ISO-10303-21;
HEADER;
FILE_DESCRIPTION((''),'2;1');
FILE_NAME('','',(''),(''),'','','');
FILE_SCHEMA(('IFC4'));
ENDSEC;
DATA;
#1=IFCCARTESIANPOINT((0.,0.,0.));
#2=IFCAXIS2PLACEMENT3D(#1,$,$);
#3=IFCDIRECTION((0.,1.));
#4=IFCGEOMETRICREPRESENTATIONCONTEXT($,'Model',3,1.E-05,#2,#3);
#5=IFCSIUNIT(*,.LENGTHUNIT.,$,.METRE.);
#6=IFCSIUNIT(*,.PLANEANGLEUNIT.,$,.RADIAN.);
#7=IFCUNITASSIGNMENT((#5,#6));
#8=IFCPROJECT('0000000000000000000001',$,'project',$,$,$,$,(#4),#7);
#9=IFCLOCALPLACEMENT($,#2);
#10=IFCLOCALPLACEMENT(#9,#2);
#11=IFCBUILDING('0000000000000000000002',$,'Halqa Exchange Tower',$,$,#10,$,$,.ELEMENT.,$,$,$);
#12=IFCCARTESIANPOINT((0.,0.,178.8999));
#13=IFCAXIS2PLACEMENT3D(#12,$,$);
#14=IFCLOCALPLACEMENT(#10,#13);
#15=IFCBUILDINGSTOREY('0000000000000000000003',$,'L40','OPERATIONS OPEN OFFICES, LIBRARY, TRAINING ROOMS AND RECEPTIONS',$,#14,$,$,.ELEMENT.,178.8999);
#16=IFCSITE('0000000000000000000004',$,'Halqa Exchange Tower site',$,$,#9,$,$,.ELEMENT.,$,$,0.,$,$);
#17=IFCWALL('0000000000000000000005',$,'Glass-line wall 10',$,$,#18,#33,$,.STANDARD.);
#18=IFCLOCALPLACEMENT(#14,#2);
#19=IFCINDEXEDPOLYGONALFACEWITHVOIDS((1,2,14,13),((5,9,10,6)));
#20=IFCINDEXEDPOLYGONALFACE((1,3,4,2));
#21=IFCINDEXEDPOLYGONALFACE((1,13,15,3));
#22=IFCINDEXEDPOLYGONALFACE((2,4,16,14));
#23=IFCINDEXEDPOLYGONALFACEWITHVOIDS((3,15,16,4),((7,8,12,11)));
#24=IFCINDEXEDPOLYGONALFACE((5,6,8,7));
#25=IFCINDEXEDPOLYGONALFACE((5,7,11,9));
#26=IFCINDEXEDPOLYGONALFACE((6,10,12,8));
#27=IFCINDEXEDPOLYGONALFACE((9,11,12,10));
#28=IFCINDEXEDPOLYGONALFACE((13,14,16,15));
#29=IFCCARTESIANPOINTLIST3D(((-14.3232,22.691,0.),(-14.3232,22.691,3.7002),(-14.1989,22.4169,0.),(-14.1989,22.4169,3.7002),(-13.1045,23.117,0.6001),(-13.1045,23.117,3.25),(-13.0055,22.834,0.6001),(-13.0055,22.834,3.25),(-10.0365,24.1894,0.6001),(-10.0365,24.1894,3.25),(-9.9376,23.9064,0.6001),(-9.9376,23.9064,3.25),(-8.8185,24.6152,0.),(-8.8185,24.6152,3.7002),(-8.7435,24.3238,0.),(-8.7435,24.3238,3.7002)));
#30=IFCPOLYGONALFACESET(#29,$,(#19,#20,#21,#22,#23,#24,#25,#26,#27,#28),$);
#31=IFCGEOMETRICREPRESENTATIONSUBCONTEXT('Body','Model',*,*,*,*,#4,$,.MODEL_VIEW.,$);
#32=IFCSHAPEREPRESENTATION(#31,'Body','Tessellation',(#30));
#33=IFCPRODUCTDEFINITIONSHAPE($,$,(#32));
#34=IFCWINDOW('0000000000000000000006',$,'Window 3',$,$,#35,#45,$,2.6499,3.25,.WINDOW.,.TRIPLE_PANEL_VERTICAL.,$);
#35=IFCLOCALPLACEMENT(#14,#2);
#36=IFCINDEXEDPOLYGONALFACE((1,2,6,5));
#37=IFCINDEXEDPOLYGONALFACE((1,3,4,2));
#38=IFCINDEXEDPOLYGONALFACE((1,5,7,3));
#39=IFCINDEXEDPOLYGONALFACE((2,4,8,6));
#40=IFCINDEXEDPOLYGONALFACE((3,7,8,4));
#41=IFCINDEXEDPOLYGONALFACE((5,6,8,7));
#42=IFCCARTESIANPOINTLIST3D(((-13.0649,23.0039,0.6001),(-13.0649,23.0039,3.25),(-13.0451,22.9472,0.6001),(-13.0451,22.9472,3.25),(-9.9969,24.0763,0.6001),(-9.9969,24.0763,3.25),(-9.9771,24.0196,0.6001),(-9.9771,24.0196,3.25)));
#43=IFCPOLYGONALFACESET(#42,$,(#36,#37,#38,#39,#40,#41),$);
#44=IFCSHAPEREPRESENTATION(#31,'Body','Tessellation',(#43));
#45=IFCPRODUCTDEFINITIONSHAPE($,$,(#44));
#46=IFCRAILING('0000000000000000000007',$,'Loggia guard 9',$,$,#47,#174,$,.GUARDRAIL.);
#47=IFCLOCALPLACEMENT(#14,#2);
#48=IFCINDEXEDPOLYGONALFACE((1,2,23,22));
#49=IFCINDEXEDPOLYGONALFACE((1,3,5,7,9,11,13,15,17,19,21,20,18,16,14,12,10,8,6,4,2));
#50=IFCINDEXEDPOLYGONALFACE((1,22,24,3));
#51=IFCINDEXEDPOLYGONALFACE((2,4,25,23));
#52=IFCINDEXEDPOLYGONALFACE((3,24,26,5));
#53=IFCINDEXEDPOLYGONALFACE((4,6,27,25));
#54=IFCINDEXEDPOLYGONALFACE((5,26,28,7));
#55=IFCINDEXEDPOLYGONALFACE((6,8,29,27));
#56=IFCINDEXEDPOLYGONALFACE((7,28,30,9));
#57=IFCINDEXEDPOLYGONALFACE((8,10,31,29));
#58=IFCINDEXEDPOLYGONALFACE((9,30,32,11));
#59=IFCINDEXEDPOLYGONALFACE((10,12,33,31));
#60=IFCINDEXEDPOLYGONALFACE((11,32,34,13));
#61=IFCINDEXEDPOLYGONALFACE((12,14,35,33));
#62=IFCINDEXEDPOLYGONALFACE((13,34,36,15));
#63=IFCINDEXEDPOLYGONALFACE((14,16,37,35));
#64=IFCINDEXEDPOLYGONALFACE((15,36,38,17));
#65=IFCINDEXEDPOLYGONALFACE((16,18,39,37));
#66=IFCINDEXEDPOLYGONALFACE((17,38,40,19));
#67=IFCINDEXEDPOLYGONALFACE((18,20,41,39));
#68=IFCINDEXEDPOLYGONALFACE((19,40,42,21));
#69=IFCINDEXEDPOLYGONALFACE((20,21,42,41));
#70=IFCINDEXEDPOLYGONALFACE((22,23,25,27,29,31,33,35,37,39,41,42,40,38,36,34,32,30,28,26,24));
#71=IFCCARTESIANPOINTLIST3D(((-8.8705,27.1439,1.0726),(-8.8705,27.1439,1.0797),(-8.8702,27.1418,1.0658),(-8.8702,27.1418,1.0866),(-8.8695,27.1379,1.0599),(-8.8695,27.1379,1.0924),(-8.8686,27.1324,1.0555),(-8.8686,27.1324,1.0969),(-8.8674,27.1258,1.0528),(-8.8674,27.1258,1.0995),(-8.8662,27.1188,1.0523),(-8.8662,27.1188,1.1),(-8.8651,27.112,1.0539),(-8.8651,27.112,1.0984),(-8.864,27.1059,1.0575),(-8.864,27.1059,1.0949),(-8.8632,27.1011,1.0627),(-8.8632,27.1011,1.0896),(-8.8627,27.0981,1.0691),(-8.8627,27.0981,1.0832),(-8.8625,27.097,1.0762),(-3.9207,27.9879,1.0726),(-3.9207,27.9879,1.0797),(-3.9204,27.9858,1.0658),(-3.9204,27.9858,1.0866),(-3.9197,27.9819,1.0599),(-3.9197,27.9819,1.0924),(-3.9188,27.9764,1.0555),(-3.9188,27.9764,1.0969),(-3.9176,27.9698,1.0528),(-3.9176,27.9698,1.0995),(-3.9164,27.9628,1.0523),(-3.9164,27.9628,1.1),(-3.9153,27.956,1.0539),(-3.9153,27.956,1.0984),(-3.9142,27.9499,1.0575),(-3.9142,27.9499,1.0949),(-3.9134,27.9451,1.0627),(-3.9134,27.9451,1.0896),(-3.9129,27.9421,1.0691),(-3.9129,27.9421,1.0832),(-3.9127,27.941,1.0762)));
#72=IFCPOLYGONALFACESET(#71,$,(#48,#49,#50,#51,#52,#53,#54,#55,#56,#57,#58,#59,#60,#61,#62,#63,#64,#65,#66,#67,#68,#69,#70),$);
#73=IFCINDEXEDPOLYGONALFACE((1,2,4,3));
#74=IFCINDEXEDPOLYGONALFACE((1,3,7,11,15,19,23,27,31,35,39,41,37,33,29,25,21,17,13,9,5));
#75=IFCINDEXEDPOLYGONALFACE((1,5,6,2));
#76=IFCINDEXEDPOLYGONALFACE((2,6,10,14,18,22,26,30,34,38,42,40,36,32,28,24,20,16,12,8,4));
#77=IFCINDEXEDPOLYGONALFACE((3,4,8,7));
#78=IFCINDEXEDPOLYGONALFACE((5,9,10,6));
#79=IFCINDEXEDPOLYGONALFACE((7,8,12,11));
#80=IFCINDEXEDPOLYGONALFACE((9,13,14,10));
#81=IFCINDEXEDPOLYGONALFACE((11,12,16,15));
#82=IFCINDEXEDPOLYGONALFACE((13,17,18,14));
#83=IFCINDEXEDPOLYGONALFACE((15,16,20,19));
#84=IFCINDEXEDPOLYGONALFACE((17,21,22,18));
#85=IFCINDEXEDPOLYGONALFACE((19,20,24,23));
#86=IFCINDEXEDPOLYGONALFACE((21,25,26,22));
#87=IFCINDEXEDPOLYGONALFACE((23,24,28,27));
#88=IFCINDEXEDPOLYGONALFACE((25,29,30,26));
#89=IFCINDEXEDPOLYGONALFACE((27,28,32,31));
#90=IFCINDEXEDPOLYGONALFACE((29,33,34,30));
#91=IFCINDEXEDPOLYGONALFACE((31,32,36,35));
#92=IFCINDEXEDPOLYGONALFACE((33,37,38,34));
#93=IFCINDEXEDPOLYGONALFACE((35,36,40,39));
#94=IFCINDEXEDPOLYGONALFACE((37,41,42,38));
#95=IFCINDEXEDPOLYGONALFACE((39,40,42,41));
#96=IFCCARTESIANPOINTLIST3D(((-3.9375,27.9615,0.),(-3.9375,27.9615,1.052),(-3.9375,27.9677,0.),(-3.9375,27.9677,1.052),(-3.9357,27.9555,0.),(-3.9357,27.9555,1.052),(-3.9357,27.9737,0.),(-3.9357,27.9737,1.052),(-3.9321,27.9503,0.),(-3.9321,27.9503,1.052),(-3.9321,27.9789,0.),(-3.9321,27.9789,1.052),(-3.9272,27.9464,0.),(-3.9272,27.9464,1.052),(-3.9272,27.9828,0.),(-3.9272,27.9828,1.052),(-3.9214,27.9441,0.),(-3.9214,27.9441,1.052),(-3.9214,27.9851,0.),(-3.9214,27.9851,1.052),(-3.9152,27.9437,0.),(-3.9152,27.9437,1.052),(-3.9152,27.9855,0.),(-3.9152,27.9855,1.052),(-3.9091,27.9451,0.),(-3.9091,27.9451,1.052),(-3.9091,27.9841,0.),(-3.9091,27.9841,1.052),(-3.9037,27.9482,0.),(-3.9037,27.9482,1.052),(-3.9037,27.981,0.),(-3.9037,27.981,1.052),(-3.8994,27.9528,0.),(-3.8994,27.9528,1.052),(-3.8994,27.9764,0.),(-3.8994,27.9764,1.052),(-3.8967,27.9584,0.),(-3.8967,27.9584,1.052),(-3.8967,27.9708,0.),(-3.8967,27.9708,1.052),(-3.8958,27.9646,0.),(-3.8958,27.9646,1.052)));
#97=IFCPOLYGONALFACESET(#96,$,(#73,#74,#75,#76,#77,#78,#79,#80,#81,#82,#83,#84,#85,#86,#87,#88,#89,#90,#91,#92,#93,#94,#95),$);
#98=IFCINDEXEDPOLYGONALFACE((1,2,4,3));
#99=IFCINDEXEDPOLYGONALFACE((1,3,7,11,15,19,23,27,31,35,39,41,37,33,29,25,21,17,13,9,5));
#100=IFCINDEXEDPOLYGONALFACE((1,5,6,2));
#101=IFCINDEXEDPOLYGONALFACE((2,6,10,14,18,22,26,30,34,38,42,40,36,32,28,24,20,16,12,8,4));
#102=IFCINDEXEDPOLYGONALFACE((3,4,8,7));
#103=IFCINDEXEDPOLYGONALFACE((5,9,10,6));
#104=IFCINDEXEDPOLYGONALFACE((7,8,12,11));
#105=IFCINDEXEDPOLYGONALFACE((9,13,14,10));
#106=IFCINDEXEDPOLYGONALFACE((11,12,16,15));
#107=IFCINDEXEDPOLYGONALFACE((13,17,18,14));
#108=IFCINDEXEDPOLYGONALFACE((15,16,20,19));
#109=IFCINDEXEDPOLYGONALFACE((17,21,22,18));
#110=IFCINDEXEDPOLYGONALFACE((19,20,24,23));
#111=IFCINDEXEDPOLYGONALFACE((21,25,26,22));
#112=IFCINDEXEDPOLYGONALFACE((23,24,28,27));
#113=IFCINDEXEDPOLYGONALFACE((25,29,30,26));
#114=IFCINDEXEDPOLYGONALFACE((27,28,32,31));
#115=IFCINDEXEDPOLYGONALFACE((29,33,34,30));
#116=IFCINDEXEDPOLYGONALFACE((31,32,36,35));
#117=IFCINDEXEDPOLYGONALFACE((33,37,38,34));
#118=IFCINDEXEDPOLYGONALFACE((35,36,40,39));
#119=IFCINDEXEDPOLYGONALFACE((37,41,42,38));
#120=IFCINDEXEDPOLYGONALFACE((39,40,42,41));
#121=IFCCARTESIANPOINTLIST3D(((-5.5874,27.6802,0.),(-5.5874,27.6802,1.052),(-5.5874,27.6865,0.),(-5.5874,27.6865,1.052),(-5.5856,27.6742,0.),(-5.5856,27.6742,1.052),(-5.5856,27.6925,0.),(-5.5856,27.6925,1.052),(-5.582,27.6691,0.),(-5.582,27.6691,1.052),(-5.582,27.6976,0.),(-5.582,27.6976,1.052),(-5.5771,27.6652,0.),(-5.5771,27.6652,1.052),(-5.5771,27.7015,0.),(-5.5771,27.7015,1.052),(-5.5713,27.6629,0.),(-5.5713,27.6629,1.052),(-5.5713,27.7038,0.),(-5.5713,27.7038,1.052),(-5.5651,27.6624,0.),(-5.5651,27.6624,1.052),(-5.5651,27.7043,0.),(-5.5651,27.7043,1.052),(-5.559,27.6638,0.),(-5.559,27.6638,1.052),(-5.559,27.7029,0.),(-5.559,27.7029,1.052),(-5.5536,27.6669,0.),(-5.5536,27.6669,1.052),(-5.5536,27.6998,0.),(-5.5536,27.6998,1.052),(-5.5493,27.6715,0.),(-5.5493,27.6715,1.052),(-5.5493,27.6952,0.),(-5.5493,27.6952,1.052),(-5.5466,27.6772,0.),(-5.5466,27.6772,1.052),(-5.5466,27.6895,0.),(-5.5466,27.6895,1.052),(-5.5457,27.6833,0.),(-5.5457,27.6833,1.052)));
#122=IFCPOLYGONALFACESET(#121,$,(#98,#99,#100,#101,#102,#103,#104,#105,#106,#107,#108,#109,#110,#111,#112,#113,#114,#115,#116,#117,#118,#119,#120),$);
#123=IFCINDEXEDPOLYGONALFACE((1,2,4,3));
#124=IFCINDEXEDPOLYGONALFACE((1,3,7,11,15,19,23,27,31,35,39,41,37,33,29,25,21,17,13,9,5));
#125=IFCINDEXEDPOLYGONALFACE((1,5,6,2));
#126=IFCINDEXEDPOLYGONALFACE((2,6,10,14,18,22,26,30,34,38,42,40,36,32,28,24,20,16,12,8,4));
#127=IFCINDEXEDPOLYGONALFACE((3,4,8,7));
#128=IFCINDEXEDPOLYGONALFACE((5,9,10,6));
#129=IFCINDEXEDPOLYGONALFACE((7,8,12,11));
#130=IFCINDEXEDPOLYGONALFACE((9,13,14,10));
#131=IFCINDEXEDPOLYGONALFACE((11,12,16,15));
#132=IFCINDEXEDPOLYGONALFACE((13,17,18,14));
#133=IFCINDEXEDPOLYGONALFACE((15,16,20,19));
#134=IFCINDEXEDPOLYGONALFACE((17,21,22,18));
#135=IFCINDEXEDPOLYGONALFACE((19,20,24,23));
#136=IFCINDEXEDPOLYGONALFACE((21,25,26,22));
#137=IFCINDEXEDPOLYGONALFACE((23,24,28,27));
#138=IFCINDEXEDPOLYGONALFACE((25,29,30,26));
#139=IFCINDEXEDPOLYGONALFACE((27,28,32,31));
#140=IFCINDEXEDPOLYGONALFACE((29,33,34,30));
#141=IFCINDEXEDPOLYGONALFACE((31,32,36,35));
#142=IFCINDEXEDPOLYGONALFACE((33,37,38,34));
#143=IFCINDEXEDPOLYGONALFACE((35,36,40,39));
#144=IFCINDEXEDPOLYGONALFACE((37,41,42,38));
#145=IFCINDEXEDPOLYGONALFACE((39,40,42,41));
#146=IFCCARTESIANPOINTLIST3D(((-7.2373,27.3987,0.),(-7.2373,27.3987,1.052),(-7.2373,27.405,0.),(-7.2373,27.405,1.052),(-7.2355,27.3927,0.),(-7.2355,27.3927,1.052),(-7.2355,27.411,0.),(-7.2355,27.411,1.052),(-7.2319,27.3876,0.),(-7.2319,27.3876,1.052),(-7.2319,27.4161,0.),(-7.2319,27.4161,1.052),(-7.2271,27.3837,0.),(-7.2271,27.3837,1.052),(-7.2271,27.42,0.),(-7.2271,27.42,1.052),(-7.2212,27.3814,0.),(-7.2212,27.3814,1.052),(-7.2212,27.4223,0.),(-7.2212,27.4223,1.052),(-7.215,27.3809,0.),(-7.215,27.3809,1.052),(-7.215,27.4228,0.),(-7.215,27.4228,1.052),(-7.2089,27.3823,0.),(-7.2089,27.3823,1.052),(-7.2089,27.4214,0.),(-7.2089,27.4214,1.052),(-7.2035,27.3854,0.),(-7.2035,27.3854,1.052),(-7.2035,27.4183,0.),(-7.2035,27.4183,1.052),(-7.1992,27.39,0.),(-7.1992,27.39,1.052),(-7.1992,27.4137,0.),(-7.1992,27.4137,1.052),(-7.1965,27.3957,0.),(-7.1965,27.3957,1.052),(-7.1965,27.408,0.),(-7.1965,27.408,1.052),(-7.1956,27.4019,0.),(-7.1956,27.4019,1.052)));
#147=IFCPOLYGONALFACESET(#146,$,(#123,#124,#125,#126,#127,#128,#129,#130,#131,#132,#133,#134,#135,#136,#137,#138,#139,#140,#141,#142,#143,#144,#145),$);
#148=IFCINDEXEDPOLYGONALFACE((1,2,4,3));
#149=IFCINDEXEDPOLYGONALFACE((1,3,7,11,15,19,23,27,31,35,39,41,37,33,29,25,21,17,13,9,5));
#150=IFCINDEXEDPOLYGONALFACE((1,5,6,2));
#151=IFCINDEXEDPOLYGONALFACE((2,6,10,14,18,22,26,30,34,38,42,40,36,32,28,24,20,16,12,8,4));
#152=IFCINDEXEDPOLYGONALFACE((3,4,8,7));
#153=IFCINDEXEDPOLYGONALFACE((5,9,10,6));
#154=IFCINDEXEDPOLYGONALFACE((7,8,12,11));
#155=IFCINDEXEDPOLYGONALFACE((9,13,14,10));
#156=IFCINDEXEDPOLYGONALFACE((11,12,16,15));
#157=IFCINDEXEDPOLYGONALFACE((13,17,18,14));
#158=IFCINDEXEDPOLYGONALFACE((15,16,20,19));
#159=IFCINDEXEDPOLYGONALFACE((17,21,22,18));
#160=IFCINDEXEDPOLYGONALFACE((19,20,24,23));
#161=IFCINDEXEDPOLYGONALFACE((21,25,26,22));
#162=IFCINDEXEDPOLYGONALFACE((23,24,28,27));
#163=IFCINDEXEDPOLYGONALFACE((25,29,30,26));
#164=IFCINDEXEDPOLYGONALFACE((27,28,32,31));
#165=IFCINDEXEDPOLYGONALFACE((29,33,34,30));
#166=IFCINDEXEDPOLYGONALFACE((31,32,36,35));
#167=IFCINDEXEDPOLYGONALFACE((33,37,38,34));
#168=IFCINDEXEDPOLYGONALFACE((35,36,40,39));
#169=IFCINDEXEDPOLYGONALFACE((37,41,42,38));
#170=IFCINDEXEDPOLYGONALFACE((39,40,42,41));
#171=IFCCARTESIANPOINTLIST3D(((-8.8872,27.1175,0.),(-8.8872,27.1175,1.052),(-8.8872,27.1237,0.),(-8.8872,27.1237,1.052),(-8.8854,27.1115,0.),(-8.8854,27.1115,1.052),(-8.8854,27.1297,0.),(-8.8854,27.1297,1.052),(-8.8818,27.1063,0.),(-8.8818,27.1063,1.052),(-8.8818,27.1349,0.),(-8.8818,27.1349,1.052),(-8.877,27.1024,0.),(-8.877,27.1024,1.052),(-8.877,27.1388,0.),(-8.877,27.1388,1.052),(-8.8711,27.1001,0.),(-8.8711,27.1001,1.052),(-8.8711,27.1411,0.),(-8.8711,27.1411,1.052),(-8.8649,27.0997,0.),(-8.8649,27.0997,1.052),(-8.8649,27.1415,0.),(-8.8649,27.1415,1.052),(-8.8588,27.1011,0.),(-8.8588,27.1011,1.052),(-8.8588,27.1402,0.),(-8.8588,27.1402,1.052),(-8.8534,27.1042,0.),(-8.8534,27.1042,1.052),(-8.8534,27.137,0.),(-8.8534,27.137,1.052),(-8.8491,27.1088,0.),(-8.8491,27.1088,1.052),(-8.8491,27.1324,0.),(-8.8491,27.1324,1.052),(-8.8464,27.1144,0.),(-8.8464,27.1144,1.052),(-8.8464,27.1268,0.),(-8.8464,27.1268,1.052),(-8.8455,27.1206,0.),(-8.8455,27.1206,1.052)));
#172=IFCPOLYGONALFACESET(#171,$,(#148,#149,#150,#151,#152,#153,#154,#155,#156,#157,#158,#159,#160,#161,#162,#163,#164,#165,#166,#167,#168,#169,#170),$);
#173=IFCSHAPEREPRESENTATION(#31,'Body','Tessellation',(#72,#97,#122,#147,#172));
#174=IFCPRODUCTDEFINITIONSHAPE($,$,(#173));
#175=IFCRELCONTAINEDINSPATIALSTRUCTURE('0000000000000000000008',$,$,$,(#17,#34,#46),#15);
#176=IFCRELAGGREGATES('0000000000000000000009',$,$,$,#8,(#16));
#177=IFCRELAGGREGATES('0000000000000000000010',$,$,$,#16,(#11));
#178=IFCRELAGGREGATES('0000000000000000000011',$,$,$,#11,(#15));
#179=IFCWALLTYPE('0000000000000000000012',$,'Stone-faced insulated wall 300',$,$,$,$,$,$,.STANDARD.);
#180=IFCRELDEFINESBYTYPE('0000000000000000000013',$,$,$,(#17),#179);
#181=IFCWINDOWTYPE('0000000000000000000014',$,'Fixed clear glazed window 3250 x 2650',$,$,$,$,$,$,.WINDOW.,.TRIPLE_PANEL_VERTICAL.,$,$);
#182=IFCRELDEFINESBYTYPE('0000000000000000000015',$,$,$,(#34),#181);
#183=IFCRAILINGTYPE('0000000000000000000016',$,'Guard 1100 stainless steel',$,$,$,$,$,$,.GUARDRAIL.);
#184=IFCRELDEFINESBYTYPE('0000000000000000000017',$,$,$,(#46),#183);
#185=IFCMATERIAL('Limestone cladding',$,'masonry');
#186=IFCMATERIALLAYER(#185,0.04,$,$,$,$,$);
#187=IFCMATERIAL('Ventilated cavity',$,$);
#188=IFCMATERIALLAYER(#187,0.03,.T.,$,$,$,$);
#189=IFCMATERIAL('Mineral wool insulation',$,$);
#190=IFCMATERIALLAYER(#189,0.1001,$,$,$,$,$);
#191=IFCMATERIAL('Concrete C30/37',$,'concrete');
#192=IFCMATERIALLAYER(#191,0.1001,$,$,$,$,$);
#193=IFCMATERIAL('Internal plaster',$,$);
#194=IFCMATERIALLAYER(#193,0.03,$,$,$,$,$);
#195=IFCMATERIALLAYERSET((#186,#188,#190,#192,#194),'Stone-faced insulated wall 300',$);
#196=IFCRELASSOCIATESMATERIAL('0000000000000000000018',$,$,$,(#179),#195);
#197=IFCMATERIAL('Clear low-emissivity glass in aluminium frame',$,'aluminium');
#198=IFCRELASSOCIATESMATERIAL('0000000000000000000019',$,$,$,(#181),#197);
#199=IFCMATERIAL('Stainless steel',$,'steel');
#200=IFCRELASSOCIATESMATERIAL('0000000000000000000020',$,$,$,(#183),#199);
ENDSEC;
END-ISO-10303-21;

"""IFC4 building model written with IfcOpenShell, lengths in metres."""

from ifc_helpers import new_model, si_unit, direction, frame, frame_2d, origin, origin_2d, place, context, subcontext, project, spatial, polyline, rectangle, circle, outline, extrude, material, layer, layer_set, type_object, element, fill, save


model = new_model("IFC4")

# Units and contexts
model_context = context("Model", 3, precision=1e-05, world=origin(), true_north=direction((0.0, 1.0)))
body_context = subcontext(model_context, "Body", "Model", "MODEL_VIEW")
ifc_project = project(units=[si_unit("LENGTHUNIT", "METRE"), si_unit("PLANEANGLEUNIT", "RADIAN")], contexts=[model_context])

# Site, building, storey
site_placement = place(None, origin())
site = spatial("IfcSite", under=ifc_project, at=site_placement, Name="Halqa Exchange Tower site", CompositionType="ELEMENT", RefElevation=0.0)
building_placement = place(site_placement, origin())
building = spatial("IfcBuilding", under=site, at=building_placement, Name="Halqa Exchange Tower", CompositionType="ELEMENT")
storey_placement = place(building_placement, frame((0.0, 0.0, 178.8999)))
storey = spatial("IfcBuildingStorey", under=building, at=storey_placement, Name="L40", Description="OPERATIONS OPEN OFFICES, LIBRARY, TRAINING ROOMS AND RECEPTIONS", CompositionType="ELEMENT", Elevation=178.8999)

# Shared definitions
ifc_material_1 = material(Name="Concrete C30/37", Category="concrete")

# Wall, opening, window
ifc_material_2 = material(Name="Limestone cladding", Category="masonry")
ifc_layer_1 = layer(ifc_material_2, 0.04)
ifc_material_3 = material(Name="Ventilated cavity")
ifc_layer_2 = layer(ifc_material_3, 0.03, ventilated=True)
ifc_material_4 = material(Name="Mineral wool insulation")
ifc_layer_3 = layer(ifc_material_4, 0.1001)
ifc_layer_4 = layer(ifc_material_1, 0.1001)
ifc_material_5 = material(Name="Internal plaster")
ifc_layer_5 = layer(ifc_material_5, 0.03)
ifc_layer_set_1 = layer_set([ifc_layer_1, ifc_layer_2, ifc_layer_3, ifc_layer_4, ifc_layer_5], Name="Stone-faced insulated wall 300")
wall_type_1 = type_object("IfcWallType", Name="Stone-faced insulated wall 300", PredefinedType="STANDARD", material=ifc_layer_set_1)
ifc_material_6 = material(Name="Clear low-emissivity glass in aluminium frame", Category="aluminium")
window_type = type_object("IfcWindowType", Name="Fixed clear glazed window 3250 x 2650", PartitioningType="TRIPLE_PANEL_VERTICAL", PredefinedType="WINDOW", material=ifc_material_6)
wall_1_placement = place(storey_placement, frame((-8.781, 24.4695, 0.0), z_axis=(0.0, 0.0, 1.0), x_axis=(-0.943991, -0.329972, 0.0)))
wall_1 = element("IfcWall", 1, at=wall_1_placement, inside=storey, type_object=wall_type_1, Name="Glass-line wall 10", PredefinedType="STANDARD", context=body_context, shape_type="SweptSolid", body=[
    extrude(outline(polyline([(-0.0127, -0.1499), (5.8186, -0.1499), (5.7917, 0.1499), (0.0127, 0.1499), (-0.0127, -0.1499)])), origin(), (0.0, 0.0, 1.0), 3.7002),
])
opening_1_placement = place(wall_1_placement, frame((1.2776, 0.0, 0.6001)))
opening_1 = element("IfcOpeningElement", 2, at=opening_1_placement, cuts=wall_1, PredefinedType="OPENING", context=body_context, shape_type="SweptSolid", body=[
    extrude(rectangle(XDim=3.25, YDim=2.6499, at=frame_2d((1.625, 1.325))), frame((0.0, 0.1621, 0.0), z_axis=(0.0, -1.0, 0.0), x_axis=(1.0, 0.0, 0.0)), (0.0, 0.0, 1.0), 0.324),
])
window_1_placement = place(opening_1_placement, origin())
window_1 = element("IfcWindow", 3, at=window_1_placement, inside=storey, type_object=window_type, Name="Window 3", OverallHeight=2.6499, OverallWidth=3.25, PartitioningType="TRIPLE_PANEL_VERTICAL", PredefinedType="WINDOW", context=body_context, shape_type="SweptSolid", body=[
    extrude(rectangle(XDim=3.25, YDim=2.6499, at=frame_2d((1.625, 1.325))), frame((0.0, 0.03, 0.0), z_axis=(0.0, -1.0, 0.0), x_axis=(1.0, 0.0, 0.0)), (0.0, 0.0, 1.0), 0.0601),
])
fill(opening_1, window_1)

# Railing
ifc_material_7 = material(Name="Stainless steel", Category="steel")
railing_type_1 = type_object("IfcRailingType", Name="Guard 1100 stainless steel", PredefinedType="GUARDRAIL", material=ifc_material_7)
railing_1_placement = place(storey_placement, frame((-3.9167, 27.9646, 0.0)))
element("IfcRailing", 4, at=railing_1_placement, inside=storey, type_object=railing_type_1, Name="Loggia guard 9", PredefinedType="GUARDRAIL", context=body_context, shape_type="SweptSolid", body=[
    extrude(circle(Radius=0.0239, at=origin_2d()), frame((0.0, 0.0, 1.0762), z_axis=(-0.985772, -0.168088, 0.0), x_axis=(0.168088, -0.985772, 0.0)), (0.0, 0.0, 1.0), 5.0212),
    extrude(circle(Radius=0.021, at=origin_2d()), origin(), (0.0, 0.0, 1.0), 1.052),
    extrude(circle(Radius=0.021, at=origin_2d()), frame((-1.6499, -0.2812, 0.0)), (0.0, 0.0, 1.0), 1.052),
    extrude(circle(Radius=0.021, at=origin_2d()), frame((-3.2998, -0.5627, 0.0)), (0.0, 0.0, 1.0), 1.052),
    extrude(circle(Radius=0.021, at=origin_2d()), frame((-4.9497, -0.844, 0.0)), (0.0, 0.0, 1.0), 1.052),
])

save(model, "model.ifc")
